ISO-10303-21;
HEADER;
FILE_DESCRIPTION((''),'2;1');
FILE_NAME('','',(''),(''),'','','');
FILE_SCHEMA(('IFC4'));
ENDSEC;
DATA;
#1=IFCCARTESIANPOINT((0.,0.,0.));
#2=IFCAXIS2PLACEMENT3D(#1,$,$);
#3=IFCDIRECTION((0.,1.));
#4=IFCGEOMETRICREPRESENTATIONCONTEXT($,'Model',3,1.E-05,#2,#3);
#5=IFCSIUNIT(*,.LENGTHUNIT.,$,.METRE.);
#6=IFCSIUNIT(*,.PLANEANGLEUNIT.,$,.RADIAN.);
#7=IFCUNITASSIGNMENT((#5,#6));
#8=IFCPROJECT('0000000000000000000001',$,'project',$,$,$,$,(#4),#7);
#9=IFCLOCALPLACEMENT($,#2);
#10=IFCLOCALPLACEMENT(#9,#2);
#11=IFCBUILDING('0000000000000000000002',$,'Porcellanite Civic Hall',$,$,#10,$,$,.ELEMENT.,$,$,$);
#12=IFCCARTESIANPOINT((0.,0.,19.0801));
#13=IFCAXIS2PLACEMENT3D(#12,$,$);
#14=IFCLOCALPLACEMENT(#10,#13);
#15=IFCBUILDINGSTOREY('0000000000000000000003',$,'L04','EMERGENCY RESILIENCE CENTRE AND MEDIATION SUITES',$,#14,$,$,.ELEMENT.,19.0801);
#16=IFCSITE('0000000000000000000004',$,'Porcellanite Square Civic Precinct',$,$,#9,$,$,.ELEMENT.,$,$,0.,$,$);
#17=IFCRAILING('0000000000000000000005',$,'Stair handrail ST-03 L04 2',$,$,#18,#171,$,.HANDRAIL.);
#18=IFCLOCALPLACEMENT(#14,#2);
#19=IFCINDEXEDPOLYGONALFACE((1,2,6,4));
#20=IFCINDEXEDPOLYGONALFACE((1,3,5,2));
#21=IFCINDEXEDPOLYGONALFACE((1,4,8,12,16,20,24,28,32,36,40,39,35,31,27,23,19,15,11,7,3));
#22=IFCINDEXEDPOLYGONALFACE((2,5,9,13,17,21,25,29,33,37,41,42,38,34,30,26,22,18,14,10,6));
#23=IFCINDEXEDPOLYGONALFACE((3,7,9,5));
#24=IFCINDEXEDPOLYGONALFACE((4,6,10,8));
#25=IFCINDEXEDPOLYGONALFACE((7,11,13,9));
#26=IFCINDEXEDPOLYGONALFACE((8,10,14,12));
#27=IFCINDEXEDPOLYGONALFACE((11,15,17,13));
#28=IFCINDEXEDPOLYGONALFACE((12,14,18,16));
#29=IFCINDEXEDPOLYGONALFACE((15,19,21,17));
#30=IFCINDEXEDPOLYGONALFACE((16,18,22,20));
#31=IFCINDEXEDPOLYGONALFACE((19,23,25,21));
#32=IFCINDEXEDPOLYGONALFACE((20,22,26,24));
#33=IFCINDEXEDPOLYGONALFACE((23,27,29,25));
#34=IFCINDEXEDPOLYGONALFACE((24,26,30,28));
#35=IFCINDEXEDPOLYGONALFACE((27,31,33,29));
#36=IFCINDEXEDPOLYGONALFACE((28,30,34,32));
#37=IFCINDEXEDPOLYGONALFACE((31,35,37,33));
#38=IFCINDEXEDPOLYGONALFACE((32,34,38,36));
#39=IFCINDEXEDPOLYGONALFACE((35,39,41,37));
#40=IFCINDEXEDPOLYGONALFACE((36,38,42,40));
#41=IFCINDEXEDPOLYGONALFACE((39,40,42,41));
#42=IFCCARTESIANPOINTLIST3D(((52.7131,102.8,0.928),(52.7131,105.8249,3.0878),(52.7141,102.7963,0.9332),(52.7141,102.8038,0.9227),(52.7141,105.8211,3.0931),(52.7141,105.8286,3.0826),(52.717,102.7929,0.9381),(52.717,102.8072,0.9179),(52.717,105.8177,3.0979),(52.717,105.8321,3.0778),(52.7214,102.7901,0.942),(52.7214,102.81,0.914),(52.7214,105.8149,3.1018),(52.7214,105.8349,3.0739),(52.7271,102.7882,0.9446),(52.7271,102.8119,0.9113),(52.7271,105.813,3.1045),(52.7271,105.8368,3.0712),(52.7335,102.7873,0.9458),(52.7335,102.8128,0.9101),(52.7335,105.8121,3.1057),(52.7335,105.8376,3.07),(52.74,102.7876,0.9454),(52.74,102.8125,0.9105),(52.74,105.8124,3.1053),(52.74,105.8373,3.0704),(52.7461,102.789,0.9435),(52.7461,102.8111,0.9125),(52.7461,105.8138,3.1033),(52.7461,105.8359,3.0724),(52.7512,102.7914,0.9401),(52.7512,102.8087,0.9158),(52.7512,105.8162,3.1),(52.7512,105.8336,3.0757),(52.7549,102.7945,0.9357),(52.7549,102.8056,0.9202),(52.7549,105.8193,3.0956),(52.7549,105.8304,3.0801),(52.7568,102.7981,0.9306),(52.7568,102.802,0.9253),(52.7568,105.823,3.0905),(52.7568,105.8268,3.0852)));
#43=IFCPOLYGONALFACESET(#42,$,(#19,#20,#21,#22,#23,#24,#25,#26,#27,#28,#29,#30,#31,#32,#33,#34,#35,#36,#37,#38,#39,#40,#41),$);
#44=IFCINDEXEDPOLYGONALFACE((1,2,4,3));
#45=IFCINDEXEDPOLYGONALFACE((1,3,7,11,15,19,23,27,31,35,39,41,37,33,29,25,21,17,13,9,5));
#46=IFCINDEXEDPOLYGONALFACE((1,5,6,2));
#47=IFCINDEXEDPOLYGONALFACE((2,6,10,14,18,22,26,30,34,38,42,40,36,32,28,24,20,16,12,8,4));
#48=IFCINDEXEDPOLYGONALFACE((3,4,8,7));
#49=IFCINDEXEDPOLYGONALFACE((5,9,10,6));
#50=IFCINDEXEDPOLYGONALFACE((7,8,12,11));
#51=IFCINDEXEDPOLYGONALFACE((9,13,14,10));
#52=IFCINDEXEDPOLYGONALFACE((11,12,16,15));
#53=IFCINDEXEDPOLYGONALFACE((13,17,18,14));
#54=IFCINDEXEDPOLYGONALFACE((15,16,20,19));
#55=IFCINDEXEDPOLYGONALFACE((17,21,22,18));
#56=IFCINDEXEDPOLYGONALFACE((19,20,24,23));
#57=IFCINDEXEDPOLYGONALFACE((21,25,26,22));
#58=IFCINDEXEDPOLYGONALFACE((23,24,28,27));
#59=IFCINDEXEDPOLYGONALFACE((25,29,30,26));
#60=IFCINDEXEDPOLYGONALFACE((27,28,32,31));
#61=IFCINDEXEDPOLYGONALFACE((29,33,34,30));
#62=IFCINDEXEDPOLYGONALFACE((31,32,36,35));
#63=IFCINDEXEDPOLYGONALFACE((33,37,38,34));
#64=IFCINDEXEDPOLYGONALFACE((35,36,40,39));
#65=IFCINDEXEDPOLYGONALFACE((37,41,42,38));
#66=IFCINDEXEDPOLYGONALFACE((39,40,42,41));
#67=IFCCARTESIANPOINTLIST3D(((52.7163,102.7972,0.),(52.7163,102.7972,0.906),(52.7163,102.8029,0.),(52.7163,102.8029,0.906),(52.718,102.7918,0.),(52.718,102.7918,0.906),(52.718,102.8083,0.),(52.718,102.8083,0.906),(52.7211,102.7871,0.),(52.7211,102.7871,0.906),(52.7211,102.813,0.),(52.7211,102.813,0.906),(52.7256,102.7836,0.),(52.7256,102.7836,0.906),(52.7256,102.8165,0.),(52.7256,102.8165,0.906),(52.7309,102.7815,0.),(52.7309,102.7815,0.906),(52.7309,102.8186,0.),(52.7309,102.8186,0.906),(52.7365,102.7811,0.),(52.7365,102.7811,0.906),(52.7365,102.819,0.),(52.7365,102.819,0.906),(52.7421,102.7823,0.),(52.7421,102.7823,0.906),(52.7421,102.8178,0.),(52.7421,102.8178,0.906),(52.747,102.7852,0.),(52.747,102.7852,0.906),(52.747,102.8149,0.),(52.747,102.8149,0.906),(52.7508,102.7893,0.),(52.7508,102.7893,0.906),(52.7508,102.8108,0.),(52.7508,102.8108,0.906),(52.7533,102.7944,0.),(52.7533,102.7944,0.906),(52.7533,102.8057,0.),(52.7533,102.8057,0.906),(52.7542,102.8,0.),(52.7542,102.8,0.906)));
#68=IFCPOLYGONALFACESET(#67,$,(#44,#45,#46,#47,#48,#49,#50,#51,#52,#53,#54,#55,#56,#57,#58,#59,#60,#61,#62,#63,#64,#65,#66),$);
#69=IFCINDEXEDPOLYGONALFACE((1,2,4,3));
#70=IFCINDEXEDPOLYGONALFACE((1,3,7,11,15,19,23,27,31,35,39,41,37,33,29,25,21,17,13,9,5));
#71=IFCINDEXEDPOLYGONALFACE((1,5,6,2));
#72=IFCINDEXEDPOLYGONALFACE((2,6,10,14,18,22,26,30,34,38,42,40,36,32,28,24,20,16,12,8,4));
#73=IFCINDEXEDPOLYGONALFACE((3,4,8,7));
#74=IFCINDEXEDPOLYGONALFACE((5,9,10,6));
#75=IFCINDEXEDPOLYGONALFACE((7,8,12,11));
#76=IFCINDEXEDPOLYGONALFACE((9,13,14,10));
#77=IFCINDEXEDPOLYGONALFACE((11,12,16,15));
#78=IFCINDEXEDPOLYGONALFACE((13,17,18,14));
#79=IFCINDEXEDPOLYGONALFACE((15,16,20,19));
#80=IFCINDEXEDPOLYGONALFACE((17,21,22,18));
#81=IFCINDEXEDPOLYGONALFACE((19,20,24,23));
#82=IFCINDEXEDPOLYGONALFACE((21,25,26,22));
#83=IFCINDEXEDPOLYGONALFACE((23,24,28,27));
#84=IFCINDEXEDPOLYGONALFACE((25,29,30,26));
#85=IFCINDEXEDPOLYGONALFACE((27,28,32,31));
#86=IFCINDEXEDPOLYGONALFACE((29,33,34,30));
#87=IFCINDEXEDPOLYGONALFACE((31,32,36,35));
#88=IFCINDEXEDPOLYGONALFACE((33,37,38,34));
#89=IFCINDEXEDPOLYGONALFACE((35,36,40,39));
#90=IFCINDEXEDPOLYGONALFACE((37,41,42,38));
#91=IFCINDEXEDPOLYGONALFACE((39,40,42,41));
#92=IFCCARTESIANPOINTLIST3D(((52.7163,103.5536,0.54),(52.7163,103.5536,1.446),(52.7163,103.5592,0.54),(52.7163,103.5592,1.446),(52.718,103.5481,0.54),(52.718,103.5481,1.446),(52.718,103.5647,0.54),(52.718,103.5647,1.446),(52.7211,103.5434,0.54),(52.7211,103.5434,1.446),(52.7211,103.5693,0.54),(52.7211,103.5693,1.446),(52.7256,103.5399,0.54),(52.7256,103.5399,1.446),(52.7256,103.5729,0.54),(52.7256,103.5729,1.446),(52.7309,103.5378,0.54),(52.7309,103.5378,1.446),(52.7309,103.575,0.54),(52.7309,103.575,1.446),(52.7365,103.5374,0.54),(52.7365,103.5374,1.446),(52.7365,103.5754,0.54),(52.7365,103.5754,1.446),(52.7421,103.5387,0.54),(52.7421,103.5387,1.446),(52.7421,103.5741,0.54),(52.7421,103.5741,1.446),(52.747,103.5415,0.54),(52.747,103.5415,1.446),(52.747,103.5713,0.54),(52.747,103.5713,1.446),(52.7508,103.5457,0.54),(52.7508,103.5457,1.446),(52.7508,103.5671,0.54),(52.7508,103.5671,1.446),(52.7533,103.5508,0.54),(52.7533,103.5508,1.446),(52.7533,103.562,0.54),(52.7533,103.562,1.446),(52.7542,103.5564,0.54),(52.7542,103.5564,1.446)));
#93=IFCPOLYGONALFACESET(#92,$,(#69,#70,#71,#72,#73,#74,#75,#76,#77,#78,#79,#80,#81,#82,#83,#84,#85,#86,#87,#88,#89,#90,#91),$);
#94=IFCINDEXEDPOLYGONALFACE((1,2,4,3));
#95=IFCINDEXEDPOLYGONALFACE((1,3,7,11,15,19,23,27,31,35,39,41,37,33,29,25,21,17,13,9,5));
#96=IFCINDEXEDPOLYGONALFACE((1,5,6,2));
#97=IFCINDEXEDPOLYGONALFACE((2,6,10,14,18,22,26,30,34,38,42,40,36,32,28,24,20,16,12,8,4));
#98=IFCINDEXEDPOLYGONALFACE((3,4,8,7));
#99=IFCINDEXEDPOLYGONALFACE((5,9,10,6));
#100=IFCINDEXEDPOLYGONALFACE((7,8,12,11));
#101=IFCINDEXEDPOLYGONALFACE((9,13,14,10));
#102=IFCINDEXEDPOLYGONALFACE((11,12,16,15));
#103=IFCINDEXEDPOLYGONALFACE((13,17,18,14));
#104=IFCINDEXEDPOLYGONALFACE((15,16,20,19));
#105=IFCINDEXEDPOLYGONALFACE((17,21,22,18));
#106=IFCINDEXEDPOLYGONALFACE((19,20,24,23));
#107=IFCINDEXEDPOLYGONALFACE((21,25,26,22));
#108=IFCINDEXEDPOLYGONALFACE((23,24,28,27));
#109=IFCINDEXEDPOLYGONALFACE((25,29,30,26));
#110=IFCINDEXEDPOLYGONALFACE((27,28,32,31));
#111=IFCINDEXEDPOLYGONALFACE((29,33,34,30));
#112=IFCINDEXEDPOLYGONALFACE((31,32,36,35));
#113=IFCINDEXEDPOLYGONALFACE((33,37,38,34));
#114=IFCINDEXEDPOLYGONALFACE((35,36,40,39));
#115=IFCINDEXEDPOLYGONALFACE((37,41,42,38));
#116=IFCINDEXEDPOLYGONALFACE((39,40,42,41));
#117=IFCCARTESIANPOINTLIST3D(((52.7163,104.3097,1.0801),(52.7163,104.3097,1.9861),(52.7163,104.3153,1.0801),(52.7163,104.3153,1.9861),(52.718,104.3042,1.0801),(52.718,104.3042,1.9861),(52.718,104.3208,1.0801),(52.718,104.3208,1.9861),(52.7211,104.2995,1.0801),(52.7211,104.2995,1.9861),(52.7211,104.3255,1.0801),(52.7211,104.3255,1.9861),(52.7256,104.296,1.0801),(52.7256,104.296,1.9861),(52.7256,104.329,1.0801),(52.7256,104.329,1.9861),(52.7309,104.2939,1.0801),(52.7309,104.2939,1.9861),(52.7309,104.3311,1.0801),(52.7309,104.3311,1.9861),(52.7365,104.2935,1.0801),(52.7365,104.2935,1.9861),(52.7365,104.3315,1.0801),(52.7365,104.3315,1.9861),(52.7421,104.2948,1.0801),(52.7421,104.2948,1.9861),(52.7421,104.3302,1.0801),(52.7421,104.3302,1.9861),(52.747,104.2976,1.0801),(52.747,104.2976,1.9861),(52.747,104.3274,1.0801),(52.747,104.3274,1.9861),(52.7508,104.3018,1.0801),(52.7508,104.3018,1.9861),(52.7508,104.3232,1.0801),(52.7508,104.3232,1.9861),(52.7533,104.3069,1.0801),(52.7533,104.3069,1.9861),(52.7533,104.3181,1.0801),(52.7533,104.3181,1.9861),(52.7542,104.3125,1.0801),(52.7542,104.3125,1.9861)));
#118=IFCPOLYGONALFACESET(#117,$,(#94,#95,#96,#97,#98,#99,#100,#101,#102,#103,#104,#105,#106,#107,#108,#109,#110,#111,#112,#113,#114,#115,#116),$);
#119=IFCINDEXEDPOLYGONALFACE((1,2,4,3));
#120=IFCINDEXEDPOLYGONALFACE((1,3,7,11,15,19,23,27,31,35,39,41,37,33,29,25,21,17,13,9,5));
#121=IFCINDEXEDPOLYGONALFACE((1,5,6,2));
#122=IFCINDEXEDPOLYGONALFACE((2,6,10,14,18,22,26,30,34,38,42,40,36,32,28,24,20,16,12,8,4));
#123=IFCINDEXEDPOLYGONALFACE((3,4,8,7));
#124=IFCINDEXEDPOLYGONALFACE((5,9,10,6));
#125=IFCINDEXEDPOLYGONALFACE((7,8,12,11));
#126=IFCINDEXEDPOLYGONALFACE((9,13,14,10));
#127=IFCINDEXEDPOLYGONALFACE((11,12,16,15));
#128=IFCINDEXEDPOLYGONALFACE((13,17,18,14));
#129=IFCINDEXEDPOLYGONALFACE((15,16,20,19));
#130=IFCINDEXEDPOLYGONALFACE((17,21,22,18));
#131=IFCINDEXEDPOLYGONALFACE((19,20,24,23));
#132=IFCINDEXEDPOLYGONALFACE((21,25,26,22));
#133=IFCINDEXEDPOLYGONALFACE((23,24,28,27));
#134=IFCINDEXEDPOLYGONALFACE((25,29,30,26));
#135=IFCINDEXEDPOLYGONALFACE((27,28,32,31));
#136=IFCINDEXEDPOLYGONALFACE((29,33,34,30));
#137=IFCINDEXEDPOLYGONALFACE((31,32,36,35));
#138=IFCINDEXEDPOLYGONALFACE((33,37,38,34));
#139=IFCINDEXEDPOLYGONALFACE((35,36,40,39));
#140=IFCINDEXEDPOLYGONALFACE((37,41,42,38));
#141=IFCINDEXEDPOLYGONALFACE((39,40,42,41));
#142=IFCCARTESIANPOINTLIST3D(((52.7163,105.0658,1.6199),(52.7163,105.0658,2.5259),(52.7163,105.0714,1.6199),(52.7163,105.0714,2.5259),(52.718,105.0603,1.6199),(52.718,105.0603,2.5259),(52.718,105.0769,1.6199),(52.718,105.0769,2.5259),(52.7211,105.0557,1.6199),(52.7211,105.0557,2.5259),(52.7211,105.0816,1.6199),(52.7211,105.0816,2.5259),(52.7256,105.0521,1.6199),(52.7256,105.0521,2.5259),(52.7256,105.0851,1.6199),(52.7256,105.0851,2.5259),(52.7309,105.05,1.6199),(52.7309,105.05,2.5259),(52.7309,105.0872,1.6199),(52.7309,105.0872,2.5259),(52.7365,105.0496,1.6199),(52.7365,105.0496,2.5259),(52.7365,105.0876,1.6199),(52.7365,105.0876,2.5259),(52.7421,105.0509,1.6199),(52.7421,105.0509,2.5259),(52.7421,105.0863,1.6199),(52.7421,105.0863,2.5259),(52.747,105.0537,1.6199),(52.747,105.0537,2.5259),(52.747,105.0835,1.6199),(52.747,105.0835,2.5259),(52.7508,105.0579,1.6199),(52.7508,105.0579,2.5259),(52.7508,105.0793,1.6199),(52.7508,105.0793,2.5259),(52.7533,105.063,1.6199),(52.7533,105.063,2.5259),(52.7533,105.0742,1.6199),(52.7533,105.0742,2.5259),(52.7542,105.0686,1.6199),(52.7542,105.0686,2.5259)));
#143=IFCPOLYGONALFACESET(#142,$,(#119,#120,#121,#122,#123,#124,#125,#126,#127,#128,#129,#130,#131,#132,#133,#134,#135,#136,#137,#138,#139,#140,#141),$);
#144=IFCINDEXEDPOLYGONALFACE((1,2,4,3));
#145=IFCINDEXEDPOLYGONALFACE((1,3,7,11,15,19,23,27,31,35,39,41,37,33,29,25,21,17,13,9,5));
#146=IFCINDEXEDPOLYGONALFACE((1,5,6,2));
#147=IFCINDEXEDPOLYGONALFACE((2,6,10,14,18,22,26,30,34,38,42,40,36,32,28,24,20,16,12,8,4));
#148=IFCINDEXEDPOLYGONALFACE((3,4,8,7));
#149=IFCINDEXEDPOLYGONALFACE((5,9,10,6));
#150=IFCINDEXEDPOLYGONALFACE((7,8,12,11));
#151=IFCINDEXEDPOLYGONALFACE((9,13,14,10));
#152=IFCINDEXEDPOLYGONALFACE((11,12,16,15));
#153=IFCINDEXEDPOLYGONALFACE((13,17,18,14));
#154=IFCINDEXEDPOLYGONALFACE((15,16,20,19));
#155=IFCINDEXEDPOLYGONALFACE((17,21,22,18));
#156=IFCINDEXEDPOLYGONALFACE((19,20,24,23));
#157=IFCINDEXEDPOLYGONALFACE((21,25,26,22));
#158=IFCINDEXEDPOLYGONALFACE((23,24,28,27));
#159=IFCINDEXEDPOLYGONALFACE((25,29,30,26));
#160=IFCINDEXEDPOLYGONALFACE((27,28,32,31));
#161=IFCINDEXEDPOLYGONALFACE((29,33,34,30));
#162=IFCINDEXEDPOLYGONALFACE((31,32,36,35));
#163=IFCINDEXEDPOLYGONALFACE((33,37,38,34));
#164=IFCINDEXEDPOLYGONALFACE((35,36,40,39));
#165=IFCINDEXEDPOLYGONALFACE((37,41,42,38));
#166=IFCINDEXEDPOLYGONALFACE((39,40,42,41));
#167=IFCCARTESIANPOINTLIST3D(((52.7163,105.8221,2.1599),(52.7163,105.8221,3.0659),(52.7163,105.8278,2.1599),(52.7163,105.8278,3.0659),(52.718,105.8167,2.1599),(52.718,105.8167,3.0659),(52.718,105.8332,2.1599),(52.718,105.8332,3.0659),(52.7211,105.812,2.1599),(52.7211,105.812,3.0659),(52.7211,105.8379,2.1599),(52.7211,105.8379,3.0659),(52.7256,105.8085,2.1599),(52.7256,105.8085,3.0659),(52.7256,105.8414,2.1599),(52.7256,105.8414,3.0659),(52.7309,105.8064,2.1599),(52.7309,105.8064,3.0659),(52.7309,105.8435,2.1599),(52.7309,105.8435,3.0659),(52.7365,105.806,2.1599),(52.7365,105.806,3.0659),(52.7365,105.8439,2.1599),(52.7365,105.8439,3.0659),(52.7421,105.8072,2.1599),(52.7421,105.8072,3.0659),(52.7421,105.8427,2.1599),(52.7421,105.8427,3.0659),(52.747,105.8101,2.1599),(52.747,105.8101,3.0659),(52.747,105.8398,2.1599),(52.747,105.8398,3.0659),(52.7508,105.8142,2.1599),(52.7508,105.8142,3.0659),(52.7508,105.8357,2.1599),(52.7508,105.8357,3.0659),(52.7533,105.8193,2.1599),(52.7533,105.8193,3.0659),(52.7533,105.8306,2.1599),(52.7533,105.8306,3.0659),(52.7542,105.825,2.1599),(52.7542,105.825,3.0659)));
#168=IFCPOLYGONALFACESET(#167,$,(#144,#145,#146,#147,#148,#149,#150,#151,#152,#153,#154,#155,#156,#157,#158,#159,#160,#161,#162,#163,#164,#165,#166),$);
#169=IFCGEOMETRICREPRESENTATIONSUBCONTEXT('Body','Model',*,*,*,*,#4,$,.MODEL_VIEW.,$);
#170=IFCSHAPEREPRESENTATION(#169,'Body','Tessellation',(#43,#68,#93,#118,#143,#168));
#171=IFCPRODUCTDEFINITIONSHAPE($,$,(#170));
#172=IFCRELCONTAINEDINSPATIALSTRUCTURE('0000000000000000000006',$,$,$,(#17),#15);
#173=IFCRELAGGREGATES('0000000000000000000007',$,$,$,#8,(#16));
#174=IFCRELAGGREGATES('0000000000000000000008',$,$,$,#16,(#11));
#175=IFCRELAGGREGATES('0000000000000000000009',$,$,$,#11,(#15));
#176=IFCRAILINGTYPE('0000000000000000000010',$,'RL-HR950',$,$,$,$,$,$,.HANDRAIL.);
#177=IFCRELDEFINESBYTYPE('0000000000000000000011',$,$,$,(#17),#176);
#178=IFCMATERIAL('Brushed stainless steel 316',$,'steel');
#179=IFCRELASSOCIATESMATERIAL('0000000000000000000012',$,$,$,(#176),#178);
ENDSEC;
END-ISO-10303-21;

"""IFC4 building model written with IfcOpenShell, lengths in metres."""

from ifc_helpers import new_model, si_unit, direction, frame, origin, origin_2d, place, context, subcontext, project, spatial, circle, extrude, material, type_object, element, save


model = new_model("IFC4")

# Units and contexts
model_context = context("Model", 3, precision=1e-05, world=origin(), true_north=direction((0.0, 1.0)))
body_context = subcontext(model_context, "Body", "Model", "MODEL_VIEW")
ifc_project = project(units=[si_unit("LENGTHUNIT", "METRE"), si_unit("PLANEANGLEUNIT", "RADIAN")], contexts=[model_context])

# Site, building, storey
site_placement = place(None, origin())
site = spatial("IfcSite", under=ifc_project, at=site_placement, Name="Porcellanite Square Civic Precinct", CompositionType="ELEMENT", RefElevation=0.0)
building_placement = place(site_placement, origin())
building = spatial("IfcBuilding", under=site, at=building_placement, Name="Porcellanite Civic Hall", CompositionType="ELEMENT")
storey_placement = place(building_placement, frame((0.0, 0.0, 19.0801)))
storey = spatial("IfcBuildingStorey", under=building, at=storey_placement, Name="L04", Description="EMERGENCY RESILIENCE CENTRE AND MEDIATION SUITES", CompositionType="ELEMENT", Elevation=19.0801)

# Railing
ifc_material_1 = material(Name="Brushed stainless steel 316", Category="steel")
railing_type_1 = type_object("IfcRailingType", Name="RL-HR950", PredefinedType="HANDRAIL", material=ifc_material_1)
railing_1_placement = place(storey_placement, frame((52.7351, 102.8, 0.0)))
element("IfcRailing", 1, at=railing_1_placement, inside=storey, type_object=railing_type_1, Name="Stair handrail ST-03 L04 2", PredefinedType="HANDRAIL", context=body_context, shape_type="SweptSolid", body=[
    extrude(circle(Radius=0.022, at=origin_2d()), frame((0.0, 0.0, 0.928), z_axis=(0.0, 0.813827, 0.581108), x_axis=(-1.0, 0.0, 0.0)), (0.0, 0.0, 1.0), 3.7168),
    extrude(circle(Radius=0.019, at=origin_2d()), origin(), (0.0, 0.0, 1.0), 0.906),
    extrude(circle(Radius=0.019, at=origin_2d()), frame((0.0, 0.7563, 0.54)), (0.0, 0.0, 1.0), 0.906),
    extrude(circle(Radius=0.019, at=origin_2d()), frame((0.0, 1.5125, 1.0801)), (0.0, 0.0, 1.0), 0.906),
    extrude(circle(Radius=0.019, at=origin_2d()), frame((0.0, 2.2686, 1.6199)), (0.0, 0.0, 1.0), 0.906),
    extrude(circle(Radius=0.019, at=origin_2d()), frame((0.0, 3.0249, 2.1599)), (0.0, 0.0, 1.0), 0.906),
])

save(model, "model.ifc")
